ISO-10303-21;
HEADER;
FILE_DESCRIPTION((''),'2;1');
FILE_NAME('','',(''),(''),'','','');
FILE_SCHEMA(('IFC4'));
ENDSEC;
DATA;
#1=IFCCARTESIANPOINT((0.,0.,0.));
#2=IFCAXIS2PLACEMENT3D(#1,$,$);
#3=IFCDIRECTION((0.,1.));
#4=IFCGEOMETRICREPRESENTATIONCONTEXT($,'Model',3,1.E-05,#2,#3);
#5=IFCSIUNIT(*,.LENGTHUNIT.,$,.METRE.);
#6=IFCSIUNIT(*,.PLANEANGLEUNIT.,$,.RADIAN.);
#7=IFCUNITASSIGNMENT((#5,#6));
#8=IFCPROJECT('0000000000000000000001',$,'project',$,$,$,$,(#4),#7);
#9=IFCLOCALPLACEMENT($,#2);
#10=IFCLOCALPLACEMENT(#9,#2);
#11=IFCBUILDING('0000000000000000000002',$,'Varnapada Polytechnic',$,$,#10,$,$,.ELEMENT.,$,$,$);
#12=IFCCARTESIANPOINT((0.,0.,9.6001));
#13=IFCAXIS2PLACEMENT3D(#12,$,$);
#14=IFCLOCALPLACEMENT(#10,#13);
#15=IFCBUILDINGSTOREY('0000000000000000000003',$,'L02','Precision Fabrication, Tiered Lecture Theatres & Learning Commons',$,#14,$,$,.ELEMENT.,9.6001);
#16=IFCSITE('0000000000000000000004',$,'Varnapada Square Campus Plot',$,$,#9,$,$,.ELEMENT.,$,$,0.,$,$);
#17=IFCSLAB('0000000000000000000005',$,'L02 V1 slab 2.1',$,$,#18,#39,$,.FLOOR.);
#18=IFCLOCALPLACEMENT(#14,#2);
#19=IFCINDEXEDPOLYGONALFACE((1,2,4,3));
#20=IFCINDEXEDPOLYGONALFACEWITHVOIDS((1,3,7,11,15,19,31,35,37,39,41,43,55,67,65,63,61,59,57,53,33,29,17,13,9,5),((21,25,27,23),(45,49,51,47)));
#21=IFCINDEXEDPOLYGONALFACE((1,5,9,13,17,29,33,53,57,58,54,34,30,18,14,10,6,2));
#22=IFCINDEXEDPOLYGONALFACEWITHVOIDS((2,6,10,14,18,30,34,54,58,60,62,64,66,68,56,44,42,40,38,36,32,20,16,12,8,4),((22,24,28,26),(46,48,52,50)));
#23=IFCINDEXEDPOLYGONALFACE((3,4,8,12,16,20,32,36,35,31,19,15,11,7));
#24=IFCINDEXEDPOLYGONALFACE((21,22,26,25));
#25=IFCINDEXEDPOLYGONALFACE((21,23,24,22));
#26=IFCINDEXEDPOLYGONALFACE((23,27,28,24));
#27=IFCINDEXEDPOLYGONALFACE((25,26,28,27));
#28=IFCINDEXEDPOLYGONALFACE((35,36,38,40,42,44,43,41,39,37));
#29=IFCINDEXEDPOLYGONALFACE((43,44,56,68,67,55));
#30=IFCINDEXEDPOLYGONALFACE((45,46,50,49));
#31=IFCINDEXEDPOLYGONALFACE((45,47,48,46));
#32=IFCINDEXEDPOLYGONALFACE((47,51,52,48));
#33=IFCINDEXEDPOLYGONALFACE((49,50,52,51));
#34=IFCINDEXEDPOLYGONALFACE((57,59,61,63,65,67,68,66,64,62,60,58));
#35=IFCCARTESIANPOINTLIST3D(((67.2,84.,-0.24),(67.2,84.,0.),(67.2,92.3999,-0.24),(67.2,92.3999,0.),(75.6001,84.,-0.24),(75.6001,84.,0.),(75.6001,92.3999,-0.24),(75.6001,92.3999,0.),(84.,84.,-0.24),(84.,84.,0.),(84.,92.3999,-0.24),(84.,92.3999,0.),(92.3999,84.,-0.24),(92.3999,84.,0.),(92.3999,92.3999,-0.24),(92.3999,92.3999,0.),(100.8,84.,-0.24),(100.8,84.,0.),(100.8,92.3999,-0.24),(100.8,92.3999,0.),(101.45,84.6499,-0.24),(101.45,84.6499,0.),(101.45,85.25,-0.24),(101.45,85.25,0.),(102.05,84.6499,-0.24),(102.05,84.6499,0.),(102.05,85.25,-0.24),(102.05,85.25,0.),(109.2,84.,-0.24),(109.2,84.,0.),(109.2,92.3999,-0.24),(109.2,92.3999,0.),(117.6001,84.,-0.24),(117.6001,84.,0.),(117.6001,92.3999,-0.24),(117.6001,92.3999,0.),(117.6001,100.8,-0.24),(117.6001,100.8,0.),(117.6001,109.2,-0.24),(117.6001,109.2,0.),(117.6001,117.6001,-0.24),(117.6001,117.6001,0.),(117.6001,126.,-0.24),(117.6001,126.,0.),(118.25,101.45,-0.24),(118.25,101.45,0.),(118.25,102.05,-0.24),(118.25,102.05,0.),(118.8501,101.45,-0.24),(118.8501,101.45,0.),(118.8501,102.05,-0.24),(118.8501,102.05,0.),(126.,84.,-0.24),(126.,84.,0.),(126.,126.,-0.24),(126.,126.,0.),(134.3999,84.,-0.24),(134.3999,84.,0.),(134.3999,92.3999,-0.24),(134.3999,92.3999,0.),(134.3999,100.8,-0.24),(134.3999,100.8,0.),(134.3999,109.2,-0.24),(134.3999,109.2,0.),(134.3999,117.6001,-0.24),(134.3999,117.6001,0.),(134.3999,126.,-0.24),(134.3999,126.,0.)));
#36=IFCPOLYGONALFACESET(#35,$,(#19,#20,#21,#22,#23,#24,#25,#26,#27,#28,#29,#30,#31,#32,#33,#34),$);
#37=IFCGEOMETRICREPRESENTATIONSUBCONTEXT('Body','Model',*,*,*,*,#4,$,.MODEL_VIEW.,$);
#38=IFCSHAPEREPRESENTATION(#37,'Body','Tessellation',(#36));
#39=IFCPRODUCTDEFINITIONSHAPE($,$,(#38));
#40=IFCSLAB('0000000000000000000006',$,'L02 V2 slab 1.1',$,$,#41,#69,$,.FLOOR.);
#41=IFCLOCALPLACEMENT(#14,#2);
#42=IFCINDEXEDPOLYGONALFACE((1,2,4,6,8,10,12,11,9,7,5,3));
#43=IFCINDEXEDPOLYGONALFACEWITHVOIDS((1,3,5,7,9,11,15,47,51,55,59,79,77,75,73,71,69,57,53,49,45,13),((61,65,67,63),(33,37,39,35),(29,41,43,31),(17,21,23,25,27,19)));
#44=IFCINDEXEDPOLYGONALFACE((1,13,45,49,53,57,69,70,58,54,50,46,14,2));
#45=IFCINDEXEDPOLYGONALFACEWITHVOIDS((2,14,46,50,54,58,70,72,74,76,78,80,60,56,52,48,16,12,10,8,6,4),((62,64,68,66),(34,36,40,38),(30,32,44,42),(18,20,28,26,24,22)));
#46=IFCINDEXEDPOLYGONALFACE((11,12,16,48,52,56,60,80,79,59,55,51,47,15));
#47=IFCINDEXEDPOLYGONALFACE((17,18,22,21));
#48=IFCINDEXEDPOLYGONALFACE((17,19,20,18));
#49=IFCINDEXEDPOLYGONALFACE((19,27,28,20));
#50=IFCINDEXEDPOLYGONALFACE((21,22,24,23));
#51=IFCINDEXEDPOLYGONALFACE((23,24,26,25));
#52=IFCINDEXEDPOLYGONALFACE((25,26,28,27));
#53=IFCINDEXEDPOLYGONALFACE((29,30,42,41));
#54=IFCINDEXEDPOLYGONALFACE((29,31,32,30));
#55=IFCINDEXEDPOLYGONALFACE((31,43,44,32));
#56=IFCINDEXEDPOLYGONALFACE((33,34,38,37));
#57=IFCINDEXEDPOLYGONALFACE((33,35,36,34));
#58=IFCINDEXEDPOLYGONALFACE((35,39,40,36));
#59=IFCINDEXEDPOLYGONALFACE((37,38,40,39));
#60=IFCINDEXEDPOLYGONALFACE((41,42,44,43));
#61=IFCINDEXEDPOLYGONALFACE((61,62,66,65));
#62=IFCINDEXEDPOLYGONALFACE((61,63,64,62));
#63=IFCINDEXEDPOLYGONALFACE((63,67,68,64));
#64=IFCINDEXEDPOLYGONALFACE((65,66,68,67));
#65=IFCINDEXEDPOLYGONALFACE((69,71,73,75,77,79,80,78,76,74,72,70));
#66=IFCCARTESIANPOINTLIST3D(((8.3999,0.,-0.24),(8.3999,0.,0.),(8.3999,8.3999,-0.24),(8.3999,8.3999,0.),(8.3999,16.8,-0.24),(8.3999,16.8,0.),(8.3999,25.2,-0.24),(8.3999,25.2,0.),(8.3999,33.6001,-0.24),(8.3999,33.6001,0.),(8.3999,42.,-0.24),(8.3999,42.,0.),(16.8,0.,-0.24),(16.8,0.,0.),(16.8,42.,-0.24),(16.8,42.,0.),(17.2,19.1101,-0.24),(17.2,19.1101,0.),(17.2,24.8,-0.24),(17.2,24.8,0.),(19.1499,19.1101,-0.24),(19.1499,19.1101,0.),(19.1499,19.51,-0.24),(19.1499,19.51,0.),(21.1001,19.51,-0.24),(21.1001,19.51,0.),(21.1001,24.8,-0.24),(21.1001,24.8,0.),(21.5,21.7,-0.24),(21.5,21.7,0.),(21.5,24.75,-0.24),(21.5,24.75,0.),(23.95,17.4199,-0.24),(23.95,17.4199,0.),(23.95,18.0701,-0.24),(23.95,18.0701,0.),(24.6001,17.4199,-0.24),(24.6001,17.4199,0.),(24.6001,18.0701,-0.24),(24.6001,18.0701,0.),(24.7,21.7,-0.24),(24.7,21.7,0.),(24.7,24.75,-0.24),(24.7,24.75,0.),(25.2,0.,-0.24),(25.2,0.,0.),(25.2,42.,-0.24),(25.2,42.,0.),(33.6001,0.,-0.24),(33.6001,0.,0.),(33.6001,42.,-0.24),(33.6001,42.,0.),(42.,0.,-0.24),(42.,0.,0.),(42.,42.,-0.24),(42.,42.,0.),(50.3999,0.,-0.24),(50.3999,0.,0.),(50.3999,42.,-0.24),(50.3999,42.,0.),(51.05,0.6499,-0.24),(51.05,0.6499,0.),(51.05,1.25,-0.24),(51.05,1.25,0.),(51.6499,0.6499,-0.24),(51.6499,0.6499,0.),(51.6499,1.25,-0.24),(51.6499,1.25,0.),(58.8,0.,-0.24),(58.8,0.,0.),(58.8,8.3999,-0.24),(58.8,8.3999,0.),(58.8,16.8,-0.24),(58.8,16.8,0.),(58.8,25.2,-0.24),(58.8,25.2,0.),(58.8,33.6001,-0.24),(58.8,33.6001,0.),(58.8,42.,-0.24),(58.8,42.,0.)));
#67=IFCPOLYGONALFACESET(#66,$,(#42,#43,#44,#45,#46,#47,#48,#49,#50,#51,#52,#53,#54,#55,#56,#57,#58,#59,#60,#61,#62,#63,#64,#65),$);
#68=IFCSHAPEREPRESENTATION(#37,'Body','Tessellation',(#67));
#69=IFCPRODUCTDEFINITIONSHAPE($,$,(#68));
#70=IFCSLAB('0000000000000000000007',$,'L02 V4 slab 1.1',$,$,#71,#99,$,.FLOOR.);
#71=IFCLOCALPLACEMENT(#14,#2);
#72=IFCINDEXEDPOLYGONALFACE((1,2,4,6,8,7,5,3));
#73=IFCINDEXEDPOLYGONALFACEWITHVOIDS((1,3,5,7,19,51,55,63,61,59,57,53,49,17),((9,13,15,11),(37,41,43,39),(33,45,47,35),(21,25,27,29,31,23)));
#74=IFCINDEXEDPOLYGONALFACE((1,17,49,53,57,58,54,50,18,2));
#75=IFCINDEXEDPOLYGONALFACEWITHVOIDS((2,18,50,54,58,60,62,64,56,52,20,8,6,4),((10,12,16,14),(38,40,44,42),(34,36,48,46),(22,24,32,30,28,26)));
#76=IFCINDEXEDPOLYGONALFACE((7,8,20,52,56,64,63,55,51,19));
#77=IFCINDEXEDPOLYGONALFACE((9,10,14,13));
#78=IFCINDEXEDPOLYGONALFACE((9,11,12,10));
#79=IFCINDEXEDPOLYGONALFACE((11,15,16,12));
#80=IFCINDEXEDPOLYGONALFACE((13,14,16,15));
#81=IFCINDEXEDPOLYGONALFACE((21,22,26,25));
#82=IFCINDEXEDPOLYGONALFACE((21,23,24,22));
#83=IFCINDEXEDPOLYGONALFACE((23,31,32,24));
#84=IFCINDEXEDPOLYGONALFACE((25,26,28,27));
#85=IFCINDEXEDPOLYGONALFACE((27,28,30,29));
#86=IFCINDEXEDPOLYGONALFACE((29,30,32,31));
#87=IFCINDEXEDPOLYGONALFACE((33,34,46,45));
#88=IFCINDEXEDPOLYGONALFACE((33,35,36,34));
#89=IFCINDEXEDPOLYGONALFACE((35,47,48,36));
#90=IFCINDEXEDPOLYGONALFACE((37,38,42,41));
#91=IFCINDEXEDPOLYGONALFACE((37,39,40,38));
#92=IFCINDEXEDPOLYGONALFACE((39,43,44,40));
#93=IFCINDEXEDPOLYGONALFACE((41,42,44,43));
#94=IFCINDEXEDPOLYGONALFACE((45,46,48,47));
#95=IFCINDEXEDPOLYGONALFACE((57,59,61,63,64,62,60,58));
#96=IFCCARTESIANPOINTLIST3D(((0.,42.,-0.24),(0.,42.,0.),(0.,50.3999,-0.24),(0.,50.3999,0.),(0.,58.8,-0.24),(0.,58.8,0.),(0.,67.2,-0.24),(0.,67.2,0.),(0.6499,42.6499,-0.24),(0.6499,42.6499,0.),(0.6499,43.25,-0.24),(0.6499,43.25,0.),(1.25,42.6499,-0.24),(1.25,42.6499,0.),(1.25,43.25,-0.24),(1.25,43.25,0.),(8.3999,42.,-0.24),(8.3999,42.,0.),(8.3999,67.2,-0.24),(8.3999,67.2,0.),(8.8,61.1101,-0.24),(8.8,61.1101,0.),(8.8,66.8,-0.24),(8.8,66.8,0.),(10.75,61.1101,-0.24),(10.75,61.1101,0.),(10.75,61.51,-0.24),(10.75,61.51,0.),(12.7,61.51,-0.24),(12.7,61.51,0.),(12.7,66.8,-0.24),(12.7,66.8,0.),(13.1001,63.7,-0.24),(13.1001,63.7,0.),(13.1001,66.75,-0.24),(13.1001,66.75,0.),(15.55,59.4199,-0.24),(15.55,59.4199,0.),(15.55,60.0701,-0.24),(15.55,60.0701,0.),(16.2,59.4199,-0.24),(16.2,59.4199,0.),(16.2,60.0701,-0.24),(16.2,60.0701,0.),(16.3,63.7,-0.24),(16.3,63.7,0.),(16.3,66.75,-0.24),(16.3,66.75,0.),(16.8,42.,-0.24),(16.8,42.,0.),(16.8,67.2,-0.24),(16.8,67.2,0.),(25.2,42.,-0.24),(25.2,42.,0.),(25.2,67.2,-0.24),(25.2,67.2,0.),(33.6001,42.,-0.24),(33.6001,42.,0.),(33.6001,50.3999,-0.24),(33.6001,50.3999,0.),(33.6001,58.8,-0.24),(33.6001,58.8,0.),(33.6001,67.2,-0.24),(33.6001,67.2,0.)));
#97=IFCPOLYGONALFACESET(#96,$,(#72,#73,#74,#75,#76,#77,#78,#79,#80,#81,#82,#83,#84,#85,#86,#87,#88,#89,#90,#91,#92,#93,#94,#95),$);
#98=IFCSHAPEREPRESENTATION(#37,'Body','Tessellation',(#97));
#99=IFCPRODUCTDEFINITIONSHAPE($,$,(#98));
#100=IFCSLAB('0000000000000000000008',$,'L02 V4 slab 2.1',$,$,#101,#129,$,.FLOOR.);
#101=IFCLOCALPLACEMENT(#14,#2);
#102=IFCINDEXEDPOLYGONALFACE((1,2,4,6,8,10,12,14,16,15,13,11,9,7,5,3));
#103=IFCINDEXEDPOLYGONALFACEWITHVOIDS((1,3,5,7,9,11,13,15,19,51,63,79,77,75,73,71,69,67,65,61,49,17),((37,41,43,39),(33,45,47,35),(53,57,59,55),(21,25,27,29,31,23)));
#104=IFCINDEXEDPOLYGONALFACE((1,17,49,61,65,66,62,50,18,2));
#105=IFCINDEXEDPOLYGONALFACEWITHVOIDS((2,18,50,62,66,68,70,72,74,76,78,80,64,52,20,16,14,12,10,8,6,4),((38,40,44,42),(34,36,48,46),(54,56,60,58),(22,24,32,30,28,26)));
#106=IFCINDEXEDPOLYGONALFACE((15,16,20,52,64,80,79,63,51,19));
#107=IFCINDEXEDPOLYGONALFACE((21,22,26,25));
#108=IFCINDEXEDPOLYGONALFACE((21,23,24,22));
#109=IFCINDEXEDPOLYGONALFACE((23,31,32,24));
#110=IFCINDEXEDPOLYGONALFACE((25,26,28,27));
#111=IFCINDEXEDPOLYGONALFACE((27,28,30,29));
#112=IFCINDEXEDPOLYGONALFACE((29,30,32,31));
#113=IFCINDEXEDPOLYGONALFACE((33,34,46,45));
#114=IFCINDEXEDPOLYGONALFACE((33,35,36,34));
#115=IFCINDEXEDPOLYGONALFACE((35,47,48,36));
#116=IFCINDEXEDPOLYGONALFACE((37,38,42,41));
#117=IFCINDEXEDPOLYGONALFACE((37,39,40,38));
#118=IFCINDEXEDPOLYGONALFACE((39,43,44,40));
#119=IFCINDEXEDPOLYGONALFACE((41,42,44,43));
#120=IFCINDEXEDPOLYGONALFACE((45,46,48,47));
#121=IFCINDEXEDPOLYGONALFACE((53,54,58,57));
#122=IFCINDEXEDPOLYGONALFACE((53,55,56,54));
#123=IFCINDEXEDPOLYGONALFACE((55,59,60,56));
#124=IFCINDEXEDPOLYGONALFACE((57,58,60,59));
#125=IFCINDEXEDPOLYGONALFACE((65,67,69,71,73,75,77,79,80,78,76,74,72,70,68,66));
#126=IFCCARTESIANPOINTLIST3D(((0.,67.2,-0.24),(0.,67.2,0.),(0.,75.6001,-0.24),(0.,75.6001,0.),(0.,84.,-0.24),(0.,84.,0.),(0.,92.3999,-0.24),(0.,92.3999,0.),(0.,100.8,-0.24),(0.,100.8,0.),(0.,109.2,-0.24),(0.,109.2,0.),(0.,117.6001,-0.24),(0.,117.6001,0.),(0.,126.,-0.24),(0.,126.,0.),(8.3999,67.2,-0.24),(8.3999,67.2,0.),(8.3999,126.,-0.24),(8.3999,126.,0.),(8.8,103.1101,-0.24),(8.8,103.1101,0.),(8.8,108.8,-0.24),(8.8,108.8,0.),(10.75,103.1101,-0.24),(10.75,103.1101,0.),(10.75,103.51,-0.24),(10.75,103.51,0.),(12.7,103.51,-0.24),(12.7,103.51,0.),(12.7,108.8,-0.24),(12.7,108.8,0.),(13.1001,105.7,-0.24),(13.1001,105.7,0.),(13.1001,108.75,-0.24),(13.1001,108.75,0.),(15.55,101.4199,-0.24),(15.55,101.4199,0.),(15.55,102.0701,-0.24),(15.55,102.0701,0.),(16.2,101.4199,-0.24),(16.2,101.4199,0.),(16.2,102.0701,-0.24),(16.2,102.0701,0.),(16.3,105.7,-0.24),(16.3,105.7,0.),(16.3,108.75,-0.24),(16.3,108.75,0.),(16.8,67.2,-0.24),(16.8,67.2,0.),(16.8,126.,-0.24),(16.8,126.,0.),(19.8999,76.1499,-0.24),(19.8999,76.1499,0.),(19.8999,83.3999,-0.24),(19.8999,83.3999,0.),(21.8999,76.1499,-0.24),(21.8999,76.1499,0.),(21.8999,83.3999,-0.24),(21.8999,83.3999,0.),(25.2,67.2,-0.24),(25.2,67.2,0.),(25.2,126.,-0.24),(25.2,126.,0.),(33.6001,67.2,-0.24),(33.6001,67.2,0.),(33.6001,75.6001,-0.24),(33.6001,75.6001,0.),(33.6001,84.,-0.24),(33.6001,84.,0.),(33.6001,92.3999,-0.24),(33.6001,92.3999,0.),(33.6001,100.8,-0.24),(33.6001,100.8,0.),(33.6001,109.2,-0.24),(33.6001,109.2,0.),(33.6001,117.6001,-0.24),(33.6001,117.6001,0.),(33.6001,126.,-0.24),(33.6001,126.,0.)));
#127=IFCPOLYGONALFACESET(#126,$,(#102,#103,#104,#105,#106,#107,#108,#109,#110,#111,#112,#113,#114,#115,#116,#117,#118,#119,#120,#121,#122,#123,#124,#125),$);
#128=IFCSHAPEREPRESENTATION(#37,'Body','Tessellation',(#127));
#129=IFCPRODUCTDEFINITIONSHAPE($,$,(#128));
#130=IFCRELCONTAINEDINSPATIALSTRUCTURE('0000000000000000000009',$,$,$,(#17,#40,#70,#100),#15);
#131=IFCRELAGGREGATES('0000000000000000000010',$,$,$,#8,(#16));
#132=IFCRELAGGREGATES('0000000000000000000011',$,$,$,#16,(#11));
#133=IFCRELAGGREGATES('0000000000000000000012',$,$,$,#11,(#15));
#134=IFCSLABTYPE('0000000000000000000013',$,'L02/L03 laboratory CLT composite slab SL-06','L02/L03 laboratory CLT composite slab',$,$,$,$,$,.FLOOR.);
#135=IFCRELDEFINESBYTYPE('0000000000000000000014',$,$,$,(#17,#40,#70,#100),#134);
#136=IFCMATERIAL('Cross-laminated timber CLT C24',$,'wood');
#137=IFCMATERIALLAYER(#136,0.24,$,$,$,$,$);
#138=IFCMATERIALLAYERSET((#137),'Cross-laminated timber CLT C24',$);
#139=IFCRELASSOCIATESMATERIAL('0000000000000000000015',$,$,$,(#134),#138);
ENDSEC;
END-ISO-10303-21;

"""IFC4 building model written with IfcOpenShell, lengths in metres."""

from ifc_helpers import new_model, si_unit, direction, frame, origin, place, context, subcontext, project, spatial, polyline, outline, extrude, material, layer, layer_set, type_object, element, save


model = new_model("IFC4")

# Units and contexts
model_context = context("Model", 3, precision=1e-05, world=origin(), true_north=direction((0.0, 1.0)))
body_context = subcontext(model_context, "Body", "Model", "MODEL_VIEW")
ifc_project = project(units=[si_unit("LENGTHUNIT", "METRE"), si_unit("PLANEANGLEUNIT", "RADIAN")], contexts=[model_context])

# Site, building, storey
site_placement = place(None, origin())
site = spatial("IfcSite", under=ifc_project, at=site_placement, Name="Varnapada Square Campus Plot", CompositionType="ELEMENT", RefElevation=0.0)
building_placement = place(site_placement, origin())
building = spatial("IfcBuilding", under=site, at=building_placement, Name="Varnapada Polytechnic", CompositionType="ELEMENT")
storey_placement = place(building_placement, frame((0.0, 0.0, 9.6001)))
storey = spatial("IfcBuildingStorey", under=building, at=storey_placement, Name="L02", Description="Precision Fabrication, Tiered Lecture Theatres & Learning Commons", CompositionType="ELEMENT", Elevation=9.6001)

# Slabs
ifc_material_1 = material(Name="Cross-laminated timber CLT C24", Category="wood")
ifc_layer_1 = layer(ifc_material_1, 0.24)
ifc_layer_set_1 = layer_set([ifc_layer_1], Name="Cross-laminated timber CLT C24")
slab_type_1 = type_object("IfcSlabType", Name="L02/L03 laboratory CLT composite slab SL-06", Description="L02/L03 laboratory CLT composite slab", PredefinedType="FLOOR", material=ifc_layer_set_1)
slab_1_placement = place(storey_placement, frame((0.0, 0.0, -0.24)))
element("IfcSlab", 1, at=slab_1_placement, inside=storey, type_object=slab_type_1, Name="L02 V1 slab 2.1", PredefinedType="FLOOR", context=body_context, shape_type="SweptSolid", body=[
    extrude(outline(polyline([(84.0, 92.3999), (92.3999, 92.3999), (100.8, 92.3999), (109.2, 92.3999), (117.6001, 92.3999), (117.6001, 100.8), (117.6001, 109.2), (117.6001, 117.6001), (117.6001, 126.0), (126.0, 126.0), (134.3999, 126.0), (134.3999, 117.6001), (134.3999, 109.2), (134.3999, 100.8), (134.3999, 92.3999), (134.3999, 84.0), (126.0, 84.0), (117.6001, 84.0), (109.2, 84.0), (100.8, 84.0), (92.3999, 84.0), (84.0, 84.0), (75.6001, 84.0), (67.2, 84.0), (67.2, 92.3999), (75.6001, 92.3999), (84.0, 92.3999)]), holes=[polyline([(101.45, 84.6499), (102.05, 84.6499), (102.05, 85.25), (101.45, 85.25), (101.45, 84.6499)]), polyline([(118.25, 101.45), (118.8501, 101.45), (118.8501, 102.05), (118.25, 102.05), (118.25, 101.45)])]), origin(), (0.0, 0.0, 1.0), 0.24),
])
slab_2_placement = place(storey_placement, frame((0.0, 0.0, -0.24)))
element("IfcSlab", 2, at=slab_2_placement, inside=storey, type_object=slab_type_1, Name="L02 V2 slab 1.1", PredefinedType="FLOOR", context=body_context, shape_type="SweptSolid", body=[
    extrude(outline(polyline([(8.3999, 25.2), (8.3999, 33.6001), (8.3999, 42.0), (16.8, 42.0), (25.2, 42.0), (33.6001, 42.0), (42.0, 42.0), (50.3999, 42.0), (58.8, 42.0), (58.8, 33.6001), (58.8, 25.2), (58.8, 16.8), (58.8, 8.3999), (58.8, 0.0), (50.3999, 0.0), (42.0, 0.0), (33.6001, 0.0), (25.2, 0.0), (16.8, 0.0), (8.3999, 0.0), (8.3999, 8.3999), (8.3999, 16.8), (8.3999, 25.2)]), holes=[polyline([(17.2, 19.1101), (19.1499, 19.1101), (19.1499, 19.51), (21.1001, 19.51), (21.1001, 24.8), (17.2, 24.8), (17.2, 19.1101)]), polyline([(21.5, 21.7), (24.7, 21.7), (24.7, 24.75), (21.5, 24.75), (21.5, 21.7)]), polyline([(23.95, 17.4199), (24.6001, 17.4199), (24.6001, 18.0701), (23.95, 18.0701), (23.95, 17.4199)]), polyline([(51.05, 0.6499), (51.6499, 0.6499), (51.6499, 1.25), (51.05, 1.25), (51.05, 0.6499)])]), origin(), (0.0, 0.0, 1.0), 0.24),
])
slab_3_placement = place(storey_placement, frame((0.0, 0.0, -0.24)))
element("IfcSlab", 3, at=slab_3_placement, inside=storey, type_object=slab_type_1, Name="L02 V4 slab 1.1", PredefinedType="FLOOR", context=body_context, shape_type="SweptSolid", body=[
    extrude(outline(polyline([(0.0, 58.8), (0.0, 67.2), (8.3999, 67.2), (16.8, 67.2), (25.2, 67.2), (33.6001, 67.2), (33.6001, 58.8), (33.6001, 50.3999), (33.6001, 42.0), (25.2, 42.0), (16.8, 42.0), (8.3999, 42.0), (0.0, 42.0), (0.0, 50.3999), (0.0, 58.8)]), holes=[polyline([(8.8, 61.1101), (10.75, 61.1101), (10.75, 61.51), (12.7, 61.51), (12.7, 66.8), (8.8, 66.8), (8.8, 61.1101)]), polyline([(13.1001, 63.7), (16.3, 63.7), (16.3, 66.75), (13.1001, 66.75), (13.1001, 63.7)]), polyline([(15.55, 59.4199), (16.2, 59.4199), (16.2, 60.0701), (15.55, 60.0701), (15.55, 59.4199)]), polyline([(0.6499, 42.6499), (1.25, 42.6499), (1.25, 43.25), (0.6499, 43.25), (0.6499, 42.6499)])]), origin(), (0.0, 0.0, 1.0), 0.24),
])
slab_4_placement = place(storey_placement, frame((0.0, 0.0, -0.24)))
element("IfcSlab", 4, at=slab_4_placement, inside=storey, type_object=slab_type_1, Name="L02 V4 slab 2.1", PredefinedType="FLOOR", context=body_context, shape_type="SweptSolid", body=[
    extrude(outline(polyline([(0.0, 92.3999), (0.0, 100.8), (0.0, 109.2), (0.0, 117.6001), (0.0, 126.0), (8.3999, 126.0), (16.8, 126.0), (25.2, 126.0), (33.6001, 126.0), (33.6001, 117.6001), (33.6001, 109.2), (33.6001, 100.8), (33.6001, 92.3999), (33.6001, 84.0), (33.6001, 75.6001), (33.6001, 67.2), (25.2, 67.2), (16.8, 67.2), (8.3999, 67.2), (0.0, 67.2), (0.0, 75.6001), (0.0, 84.0), (0.0, 92.3999)]), holes=[polyline([(8.8, 103.1101), (10.75, 103.1101), (10.75, 103.51), (12.7, 103.51), (12.7, 108.8), (8.8, 108.8), (8.8, 103.1101)]), polyline([(19.8999, 76.1499), (21.8999, 76.1499), (21.8999, 83.3999), (19.8999, 83.3999), (19.8999, 76.1499)]), polyline([(13.1001, 105.7), (16.3, 105.7), (16.3, 108.75), (13.1001, 108.75), (13.1001, 105.7)]), polyline([(15.55, 101.4199), (16.2, 101.4199), (16.2, 102.0701), (15.55, 102.0701), (15.55, 101.4199)])]), origin(), (0.0, 0.0, 1.0), 0.24),
])

save(model, "model.ifc")
